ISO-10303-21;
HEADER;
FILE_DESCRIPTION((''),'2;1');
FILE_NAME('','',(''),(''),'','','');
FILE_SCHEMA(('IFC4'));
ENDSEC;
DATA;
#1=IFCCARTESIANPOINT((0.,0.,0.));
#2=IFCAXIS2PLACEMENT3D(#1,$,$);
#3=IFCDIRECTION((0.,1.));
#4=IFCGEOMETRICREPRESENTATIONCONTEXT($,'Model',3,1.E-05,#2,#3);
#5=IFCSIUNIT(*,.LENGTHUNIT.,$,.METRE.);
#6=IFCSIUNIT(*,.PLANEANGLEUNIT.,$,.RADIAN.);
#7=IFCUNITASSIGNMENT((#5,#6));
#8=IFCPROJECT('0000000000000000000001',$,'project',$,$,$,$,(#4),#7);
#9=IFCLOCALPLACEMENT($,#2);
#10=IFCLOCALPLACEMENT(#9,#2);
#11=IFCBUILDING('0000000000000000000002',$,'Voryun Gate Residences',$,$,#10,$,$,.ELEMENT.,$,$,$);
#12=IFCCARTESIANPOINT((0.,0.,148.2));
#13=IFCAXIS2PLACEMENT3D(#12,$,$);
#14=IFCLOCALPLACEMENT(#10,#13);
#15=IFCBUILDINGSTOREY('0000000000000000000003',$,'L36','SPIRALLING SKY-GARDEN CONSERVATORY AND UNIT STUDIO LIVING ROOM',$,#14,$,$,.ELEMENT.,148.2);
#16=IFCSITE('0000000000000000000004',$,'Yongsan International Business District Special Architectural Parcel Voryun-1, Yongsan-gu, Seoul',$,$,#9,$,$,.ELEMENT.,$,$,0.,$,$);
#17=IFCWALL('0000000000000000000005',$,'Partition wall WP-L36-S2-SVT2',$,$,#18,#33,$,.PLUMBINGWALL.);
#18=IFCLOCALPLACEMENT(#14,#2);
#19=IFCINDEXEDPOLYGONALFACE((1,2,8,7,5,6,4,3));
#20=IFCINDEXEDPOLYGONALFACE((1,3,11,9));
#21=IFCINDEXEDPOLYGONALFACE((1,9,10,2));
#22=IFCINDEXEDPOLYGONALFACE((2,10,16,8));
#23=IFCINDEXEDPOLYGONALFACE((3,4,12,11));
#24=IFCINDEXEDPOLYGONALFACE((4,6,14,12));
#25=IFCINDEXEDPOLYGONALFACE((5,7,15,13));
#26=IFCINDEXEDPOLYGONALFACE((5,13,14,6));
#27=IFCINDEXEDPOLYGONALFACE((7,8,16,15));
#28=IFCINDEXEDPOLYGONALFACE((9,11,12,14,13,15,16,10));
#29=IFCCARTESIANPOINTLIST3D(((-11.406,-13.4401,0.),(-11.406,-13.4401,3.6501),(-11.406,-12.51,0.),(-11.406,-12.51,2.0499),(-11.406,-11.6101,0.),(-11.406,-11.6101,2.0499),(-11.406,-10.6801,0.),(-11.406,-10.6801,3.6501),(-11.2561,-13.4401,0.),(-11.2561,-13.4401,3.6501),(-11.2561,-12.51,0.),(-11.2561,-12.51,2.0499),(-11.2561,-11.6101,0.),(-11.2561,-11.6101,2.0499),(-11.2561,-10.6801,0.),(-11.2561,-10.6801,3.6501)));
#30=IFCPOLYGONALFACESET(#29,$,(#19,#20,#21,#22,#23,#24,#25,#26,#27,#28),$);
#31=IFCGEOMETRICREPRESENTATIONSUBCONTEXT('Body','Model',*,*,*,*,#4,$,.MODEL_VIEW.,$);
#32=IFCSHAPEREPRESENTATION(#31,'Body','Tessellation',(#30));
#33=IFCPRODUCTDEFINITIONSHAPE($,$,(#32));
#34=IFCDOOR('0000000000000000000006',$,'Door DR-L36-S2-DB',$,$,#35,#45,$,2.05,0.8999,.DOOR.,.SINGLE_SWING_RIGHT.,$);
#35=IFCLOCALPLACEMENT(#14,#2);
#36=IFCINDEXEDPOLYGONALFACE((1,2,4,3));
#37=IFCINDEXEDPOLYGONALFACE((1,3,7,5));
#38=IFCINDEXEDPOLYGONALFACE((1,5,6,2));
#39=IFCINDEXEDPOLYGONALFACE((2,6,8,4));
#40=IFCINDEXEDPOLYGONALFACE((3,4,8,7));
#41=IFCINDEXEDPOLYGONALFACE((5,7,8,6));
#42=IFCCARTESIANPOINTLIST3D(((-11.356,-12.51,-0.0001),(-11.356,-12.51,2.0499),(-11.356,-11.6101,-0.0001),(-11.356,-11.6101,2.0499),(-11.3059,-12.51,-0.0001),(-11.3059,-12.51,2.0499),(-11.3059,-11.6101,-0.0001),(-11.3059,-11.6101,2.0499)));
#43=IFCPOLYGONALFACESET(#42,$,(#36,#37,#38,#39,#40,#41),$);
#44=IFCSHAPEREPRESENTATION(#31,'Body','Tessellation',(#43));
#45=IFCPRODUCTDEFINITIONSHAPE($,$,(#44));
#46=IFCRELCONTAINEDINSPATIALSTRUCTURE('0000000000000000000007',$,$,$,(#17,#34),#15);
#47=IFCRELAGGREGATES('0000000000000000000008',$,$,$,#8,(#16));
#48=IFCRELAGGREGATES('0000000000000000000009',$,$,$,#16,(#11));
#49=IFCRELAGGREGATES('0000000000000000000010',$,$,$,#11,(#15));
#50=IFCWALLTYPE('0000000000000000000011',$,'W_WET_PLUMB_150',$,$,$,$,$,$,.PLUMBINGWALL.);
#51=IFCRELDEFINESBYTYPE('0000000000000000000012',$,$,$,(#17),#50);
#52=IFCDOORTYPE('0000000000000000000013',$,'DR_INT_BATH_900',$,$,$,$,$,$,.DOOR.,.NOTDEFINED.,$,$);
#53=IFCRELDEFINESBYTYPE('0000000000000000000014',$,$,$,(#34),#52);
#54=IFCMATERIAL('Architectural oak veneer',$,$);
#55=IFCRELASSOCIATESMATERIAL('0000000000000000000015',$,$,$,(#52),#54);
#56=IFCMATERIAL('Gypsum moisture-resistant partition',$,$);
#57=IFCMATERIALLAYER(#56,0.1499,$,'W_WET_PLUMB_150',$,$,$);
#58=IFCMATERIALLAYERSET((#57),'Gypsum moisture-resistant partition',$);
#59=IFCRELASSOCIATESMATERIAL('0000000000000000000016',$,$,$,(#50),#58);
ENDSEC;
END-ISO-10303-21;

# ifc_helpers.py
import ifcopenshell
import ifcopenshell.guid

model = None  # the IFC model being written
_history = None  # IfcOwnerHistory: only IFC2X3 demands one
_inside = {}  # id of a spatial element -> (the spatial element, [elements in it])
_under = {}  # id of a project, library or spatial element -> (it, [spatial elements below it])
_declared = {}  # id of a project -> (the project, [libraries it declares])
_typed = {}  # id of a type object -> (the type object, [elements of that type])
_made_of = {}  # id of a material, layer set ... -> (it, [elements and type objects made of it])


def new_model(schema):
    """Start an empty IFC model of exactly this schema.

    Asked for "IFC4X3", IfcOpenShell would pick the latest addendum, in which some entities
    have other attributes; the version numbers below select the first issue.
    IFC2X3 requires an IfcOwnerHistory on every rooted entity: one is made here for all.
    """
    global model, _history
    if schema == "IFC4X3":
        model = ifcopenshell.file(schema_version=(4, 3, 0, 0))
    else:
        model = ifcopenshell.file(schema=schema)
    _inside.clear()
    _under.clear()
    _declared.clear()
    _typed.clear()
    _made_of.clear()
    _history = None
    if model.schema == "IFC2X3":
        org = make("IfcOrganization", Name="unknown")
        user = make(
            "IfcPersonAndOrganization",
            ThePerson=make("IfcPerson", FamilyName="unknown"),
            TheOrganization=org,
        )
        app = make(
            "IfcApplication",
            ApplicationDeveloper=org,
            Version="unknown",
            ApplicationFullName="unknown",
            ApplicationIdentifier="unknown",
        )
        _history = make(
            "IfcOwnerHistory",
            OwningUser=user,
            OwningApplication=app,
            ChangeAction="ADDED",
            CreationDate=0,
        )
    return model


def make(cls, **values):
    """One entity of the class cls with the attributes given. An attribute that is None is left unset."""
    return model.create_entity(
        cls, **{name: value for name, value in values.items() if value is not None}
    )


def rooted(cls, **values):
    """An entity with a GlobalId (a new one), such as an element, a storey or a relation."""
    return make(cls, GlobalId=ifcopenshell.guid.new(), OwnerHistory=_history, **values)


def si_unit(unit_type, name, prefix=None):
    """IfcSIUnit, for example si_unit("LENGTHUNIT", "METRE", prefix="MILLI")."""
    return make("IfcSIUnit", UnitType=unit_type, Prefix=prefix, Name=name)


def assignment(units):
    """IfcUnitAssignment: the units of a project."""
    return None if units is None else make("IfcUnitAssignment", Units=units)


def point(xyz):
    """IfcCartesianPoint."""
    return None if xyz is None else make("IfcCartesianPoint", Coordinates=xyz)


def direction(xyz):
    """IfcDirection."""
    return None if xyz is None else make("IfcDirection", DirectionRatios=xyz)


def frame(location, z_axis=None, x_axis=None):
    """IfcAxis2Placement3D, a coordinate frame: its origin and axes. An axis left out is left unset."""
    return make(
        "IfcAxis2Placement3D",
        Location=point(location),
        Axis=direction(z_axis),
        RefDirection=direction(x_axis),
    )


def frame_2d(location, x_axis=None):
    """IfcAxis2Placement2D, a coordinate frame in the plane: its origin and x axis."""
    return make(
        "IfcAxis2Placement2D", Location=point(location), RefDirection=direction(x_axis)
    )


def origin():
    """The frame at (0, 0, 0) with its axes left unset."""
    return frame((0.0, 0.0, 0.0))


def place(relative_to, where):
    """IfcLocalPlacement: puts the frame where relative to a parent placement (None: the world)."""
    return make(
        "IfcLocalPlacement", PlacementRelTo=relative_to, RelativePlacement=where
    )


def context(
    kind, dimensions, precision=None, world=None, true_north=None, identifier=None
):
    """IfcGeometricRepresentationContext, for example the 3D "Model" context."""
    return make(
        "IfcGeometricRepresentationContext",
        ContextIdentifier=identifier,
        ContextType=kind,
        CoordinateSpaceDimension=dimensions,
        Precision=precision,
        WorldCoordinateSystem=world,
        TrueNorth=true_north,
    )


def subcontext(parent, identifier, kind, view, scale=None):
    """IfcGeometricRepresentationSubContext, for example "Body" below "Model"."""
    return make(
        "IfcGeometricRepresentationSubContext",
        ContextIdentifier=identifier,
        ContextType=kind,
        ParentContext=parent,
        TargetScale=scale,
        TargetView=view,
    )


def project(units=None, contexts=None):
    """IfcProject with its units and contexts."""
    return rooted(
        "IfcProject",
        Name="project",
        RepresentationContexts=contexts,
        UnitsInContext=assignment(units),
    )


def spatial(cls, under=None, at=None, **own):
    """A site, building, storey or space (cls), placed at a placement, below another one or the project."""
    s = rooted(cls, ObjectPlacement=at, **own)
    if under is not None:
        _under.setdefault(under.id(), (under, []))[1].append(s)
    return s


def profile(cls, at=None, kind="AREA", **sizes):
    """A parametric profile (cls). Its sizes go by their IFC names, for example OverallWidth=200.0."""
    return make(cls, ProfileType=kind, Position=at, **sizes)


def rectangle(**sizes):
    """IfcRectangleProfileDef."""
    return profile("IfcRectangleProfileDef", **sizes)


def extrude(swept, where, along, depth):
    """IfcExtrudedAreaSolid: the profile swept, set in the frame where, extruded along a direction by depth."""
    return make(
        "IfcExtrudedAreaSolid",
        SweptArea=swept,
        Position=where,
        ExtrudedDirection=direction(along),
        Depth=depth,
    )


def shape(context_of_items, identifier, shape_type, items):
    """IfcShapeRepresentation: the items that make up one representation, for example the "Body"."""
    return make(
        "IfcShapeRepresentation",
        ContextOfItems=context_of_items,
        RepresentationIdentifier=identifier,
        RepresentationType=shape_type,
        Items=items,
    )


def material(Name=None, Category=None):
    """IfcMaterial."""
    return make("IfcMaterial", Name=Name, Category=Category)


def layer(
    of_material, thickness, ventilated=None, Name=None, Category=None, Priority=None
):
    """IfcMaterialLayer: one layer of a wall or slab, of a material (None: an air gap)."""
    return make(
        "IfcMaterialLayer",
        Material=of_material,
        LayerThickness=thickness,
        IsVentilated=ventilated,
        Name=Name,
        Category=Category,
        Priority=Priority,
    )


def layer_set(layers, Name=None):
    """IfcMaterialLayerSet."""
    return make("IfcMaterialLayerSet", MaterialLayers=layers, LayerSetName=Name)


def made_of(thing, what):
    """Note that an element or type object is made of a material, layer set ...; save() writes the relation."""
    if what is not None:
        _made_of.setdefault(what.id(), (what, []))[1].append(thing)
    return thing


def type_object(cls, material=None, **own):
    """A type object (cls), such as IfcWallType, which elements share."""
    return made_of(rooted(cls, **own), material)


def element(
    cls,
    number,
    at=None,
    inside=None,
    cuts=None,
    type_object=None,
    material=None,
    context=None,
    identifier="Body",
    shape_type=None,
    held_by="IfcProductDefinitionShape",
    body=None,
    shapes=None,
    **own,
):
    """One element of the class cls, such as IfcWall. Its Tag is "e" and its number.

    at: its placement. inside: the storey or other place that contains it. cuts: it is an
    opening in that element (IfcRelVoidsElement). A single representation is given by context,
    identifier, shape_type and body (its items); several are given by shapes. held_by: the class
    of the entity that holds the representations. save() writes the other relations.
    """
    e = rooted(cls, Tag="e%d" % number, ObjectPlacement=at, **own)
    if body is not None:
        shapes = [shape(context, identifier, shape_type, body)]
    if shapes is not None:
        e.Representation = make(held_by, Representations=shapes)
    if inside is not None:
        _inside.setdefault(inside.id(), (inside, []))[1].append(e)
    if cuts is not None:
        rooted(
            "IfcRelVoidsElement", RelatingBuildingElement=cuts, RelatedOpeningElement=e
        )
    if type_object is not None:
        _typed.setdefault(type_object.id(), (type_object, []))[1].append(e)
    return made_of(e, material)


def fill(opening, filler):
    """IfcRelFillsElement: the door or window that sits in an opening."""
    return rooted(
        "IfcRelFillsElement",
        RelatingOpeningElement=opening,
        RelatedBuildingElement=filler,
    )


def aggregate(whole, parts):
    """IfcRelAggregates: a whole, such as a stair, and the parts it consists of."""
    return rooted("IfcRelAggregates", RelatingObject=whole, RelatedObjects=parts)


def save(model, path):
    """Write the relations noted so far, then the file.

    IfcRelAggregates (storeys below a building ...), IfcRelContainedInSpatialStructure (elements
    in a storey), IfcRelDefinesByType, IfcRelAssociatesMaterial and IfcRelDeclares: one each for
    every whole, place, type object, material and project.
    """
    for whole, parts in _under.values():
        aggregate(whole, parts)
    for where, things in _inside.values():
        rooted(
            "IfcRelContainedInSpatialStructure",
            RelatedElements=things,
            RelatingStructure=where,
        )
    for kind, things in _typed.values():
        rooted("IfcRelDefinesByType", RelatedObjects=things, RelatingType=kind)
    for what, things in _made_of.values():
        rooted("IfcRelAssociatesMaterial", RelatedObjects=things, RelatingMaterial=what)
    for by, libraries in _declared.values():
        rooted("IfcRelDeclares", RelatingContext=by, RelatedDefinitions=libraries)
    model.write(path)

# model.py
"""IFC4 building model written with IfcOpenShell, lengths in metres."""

from ifc_helpers import new_model, si_unit, direction, frame, frame_2d, origin, place, context, subcontext, project, spatial, rectangle, extrude, material, layer, layer_set, type_object, element, fill, save


model = new_model("IFC4")

# Units and contexts
model_context = context("Model", 3, precision=1e-05, world=origin(), true_north=direction((0.0, 1.0)))
body_context = subcontext(model_context, "Body", "Model", "MODEL_VIEW")
ifc_project = project(units=[si_unit("LENGTHUNIT", "METRE"), si_unit("PLANEANGLEUNIT", "RADIAN")], contexts=[model_context])

# Site, building, storey
site_placement = place(None, origin())
site = spatial("IfcSite", under=ifc_project, at=site_placement, Name="Yongsan International Business District Special Architectural Parcel Voryun-1, Yongsan-gu, Seoul", CompositionType="ELEMENT", RefElevation=0.0)
building_placement = place(site_placement, origin())
building = spatial("IfcBuilding", under=site, at=building_placement, Name="Voryun Gate Residences", CompositionType="ELEMENT")
storey_placement = place(building_placement, frame((0.0, 0.0, 148.2)))
storey = spatial("IfcBuildingStorey", under=building, at=storey_placement, Name="L36", Description="SPIRALLING SKY-GARDEN CONSERVATORY AND UNIT STUDIO LIVING ROOM", CompositionType="ELEMENT", Elevation=148.2)

# Shared definitions
ifc_material_1 = material(Name="Architectural oak veneer")
door_type_1 = type_object("IfcDoorType", Name="DR_INT_BATH_900", OperationType="NOTDEFINED", PredefinedType="DOOR", material=ifc_material_1)

# Shared definitions
ifc_material_2 = material(Name="Gypsum moisture-resistant partition")
ifc_layer_1 = layer(ifc_material_2, 0.1499, Name="W_WET_PLUMB_150")
ifc_layer_set_1 = layer_set([ifc_layer_1], Name="Gypsum moisture-resistant partition")
wall_type_1 = type_object("IfcWallType", Name="W_WET_PLUMB_150", PredefinedType="PLUMBINGWALL", material=ifc_layer_set_1)

# Wall, opening, door
wall_1_placement = place(storey_placement, frame((-11.3311, -13.4399, 0.0), z_axis=(0.0, 0.0, 1.0), x_axis=(0.0, 1.0, 0.0)))
wall_1 = element("IfcWall", 1, at=wall_1_placement, inside=storey, type_object=wall_type_1, Name="Partition wall WP-L36-S2-SVT2", PredefinedType="PLUMBINGWALL", context=body_context, shape_type="SweptSolid", body=[
    extrude(rectangle(XDim=2.76, YDim=0.1499, at=frame_2d((1.3799, 0.0))), origin(), (0.0, 0.0, 1.0), 3.6501),
])
opening_1_placement = place(wall_1_placement, frame((0.9299, 0.0, 0.0)))
opening_1 = element("IfcOpeningElement", 2, at=opening_1_placement, cuts=wall_1, PredefinedType="OPENING", context=body_context, shape_type="SweptSolid", body=[
    extrude(rectangle(XDim=0.8999, YDim=2.05, at=frame_2d((0.45, 1.0249))), frame((0.0, 0.085, 0.0), z_axis=(0.0, -1.0, 0.0), x_axis=(1.0, 0.0, 0.0)), (0.0, 0.0, 1.0), 0.1699),
])
door_1_placement = place(opening_1_placement, origin())
door_1 = element("IfcDoor", 3, at=door_1_placement, inside=storey, type_object=door_type_1, Name="Door DR-L36-S2-DB", OperationType="SINGLE_SWING_RIGHT", OverallHeight=2.05, OverallWidth=0.8999, PredefinedType="DOOR", context=body_context, shape_type="SweptSolid", body=[
    extrude(rectangle(XDim=0.8999, YDim=2.05, at=frame_2d((0.45, 1.0249))), frame((0.0, 0.0249, 0.0), z_axis=(0.0, -1.0, 0.0), x_axis=(1.0, 0.0, 0.0)), (0.0, 0.0, 1.0), 0.05),
])
fill(opening_1, door_1)

save(model, "model.ifc")
